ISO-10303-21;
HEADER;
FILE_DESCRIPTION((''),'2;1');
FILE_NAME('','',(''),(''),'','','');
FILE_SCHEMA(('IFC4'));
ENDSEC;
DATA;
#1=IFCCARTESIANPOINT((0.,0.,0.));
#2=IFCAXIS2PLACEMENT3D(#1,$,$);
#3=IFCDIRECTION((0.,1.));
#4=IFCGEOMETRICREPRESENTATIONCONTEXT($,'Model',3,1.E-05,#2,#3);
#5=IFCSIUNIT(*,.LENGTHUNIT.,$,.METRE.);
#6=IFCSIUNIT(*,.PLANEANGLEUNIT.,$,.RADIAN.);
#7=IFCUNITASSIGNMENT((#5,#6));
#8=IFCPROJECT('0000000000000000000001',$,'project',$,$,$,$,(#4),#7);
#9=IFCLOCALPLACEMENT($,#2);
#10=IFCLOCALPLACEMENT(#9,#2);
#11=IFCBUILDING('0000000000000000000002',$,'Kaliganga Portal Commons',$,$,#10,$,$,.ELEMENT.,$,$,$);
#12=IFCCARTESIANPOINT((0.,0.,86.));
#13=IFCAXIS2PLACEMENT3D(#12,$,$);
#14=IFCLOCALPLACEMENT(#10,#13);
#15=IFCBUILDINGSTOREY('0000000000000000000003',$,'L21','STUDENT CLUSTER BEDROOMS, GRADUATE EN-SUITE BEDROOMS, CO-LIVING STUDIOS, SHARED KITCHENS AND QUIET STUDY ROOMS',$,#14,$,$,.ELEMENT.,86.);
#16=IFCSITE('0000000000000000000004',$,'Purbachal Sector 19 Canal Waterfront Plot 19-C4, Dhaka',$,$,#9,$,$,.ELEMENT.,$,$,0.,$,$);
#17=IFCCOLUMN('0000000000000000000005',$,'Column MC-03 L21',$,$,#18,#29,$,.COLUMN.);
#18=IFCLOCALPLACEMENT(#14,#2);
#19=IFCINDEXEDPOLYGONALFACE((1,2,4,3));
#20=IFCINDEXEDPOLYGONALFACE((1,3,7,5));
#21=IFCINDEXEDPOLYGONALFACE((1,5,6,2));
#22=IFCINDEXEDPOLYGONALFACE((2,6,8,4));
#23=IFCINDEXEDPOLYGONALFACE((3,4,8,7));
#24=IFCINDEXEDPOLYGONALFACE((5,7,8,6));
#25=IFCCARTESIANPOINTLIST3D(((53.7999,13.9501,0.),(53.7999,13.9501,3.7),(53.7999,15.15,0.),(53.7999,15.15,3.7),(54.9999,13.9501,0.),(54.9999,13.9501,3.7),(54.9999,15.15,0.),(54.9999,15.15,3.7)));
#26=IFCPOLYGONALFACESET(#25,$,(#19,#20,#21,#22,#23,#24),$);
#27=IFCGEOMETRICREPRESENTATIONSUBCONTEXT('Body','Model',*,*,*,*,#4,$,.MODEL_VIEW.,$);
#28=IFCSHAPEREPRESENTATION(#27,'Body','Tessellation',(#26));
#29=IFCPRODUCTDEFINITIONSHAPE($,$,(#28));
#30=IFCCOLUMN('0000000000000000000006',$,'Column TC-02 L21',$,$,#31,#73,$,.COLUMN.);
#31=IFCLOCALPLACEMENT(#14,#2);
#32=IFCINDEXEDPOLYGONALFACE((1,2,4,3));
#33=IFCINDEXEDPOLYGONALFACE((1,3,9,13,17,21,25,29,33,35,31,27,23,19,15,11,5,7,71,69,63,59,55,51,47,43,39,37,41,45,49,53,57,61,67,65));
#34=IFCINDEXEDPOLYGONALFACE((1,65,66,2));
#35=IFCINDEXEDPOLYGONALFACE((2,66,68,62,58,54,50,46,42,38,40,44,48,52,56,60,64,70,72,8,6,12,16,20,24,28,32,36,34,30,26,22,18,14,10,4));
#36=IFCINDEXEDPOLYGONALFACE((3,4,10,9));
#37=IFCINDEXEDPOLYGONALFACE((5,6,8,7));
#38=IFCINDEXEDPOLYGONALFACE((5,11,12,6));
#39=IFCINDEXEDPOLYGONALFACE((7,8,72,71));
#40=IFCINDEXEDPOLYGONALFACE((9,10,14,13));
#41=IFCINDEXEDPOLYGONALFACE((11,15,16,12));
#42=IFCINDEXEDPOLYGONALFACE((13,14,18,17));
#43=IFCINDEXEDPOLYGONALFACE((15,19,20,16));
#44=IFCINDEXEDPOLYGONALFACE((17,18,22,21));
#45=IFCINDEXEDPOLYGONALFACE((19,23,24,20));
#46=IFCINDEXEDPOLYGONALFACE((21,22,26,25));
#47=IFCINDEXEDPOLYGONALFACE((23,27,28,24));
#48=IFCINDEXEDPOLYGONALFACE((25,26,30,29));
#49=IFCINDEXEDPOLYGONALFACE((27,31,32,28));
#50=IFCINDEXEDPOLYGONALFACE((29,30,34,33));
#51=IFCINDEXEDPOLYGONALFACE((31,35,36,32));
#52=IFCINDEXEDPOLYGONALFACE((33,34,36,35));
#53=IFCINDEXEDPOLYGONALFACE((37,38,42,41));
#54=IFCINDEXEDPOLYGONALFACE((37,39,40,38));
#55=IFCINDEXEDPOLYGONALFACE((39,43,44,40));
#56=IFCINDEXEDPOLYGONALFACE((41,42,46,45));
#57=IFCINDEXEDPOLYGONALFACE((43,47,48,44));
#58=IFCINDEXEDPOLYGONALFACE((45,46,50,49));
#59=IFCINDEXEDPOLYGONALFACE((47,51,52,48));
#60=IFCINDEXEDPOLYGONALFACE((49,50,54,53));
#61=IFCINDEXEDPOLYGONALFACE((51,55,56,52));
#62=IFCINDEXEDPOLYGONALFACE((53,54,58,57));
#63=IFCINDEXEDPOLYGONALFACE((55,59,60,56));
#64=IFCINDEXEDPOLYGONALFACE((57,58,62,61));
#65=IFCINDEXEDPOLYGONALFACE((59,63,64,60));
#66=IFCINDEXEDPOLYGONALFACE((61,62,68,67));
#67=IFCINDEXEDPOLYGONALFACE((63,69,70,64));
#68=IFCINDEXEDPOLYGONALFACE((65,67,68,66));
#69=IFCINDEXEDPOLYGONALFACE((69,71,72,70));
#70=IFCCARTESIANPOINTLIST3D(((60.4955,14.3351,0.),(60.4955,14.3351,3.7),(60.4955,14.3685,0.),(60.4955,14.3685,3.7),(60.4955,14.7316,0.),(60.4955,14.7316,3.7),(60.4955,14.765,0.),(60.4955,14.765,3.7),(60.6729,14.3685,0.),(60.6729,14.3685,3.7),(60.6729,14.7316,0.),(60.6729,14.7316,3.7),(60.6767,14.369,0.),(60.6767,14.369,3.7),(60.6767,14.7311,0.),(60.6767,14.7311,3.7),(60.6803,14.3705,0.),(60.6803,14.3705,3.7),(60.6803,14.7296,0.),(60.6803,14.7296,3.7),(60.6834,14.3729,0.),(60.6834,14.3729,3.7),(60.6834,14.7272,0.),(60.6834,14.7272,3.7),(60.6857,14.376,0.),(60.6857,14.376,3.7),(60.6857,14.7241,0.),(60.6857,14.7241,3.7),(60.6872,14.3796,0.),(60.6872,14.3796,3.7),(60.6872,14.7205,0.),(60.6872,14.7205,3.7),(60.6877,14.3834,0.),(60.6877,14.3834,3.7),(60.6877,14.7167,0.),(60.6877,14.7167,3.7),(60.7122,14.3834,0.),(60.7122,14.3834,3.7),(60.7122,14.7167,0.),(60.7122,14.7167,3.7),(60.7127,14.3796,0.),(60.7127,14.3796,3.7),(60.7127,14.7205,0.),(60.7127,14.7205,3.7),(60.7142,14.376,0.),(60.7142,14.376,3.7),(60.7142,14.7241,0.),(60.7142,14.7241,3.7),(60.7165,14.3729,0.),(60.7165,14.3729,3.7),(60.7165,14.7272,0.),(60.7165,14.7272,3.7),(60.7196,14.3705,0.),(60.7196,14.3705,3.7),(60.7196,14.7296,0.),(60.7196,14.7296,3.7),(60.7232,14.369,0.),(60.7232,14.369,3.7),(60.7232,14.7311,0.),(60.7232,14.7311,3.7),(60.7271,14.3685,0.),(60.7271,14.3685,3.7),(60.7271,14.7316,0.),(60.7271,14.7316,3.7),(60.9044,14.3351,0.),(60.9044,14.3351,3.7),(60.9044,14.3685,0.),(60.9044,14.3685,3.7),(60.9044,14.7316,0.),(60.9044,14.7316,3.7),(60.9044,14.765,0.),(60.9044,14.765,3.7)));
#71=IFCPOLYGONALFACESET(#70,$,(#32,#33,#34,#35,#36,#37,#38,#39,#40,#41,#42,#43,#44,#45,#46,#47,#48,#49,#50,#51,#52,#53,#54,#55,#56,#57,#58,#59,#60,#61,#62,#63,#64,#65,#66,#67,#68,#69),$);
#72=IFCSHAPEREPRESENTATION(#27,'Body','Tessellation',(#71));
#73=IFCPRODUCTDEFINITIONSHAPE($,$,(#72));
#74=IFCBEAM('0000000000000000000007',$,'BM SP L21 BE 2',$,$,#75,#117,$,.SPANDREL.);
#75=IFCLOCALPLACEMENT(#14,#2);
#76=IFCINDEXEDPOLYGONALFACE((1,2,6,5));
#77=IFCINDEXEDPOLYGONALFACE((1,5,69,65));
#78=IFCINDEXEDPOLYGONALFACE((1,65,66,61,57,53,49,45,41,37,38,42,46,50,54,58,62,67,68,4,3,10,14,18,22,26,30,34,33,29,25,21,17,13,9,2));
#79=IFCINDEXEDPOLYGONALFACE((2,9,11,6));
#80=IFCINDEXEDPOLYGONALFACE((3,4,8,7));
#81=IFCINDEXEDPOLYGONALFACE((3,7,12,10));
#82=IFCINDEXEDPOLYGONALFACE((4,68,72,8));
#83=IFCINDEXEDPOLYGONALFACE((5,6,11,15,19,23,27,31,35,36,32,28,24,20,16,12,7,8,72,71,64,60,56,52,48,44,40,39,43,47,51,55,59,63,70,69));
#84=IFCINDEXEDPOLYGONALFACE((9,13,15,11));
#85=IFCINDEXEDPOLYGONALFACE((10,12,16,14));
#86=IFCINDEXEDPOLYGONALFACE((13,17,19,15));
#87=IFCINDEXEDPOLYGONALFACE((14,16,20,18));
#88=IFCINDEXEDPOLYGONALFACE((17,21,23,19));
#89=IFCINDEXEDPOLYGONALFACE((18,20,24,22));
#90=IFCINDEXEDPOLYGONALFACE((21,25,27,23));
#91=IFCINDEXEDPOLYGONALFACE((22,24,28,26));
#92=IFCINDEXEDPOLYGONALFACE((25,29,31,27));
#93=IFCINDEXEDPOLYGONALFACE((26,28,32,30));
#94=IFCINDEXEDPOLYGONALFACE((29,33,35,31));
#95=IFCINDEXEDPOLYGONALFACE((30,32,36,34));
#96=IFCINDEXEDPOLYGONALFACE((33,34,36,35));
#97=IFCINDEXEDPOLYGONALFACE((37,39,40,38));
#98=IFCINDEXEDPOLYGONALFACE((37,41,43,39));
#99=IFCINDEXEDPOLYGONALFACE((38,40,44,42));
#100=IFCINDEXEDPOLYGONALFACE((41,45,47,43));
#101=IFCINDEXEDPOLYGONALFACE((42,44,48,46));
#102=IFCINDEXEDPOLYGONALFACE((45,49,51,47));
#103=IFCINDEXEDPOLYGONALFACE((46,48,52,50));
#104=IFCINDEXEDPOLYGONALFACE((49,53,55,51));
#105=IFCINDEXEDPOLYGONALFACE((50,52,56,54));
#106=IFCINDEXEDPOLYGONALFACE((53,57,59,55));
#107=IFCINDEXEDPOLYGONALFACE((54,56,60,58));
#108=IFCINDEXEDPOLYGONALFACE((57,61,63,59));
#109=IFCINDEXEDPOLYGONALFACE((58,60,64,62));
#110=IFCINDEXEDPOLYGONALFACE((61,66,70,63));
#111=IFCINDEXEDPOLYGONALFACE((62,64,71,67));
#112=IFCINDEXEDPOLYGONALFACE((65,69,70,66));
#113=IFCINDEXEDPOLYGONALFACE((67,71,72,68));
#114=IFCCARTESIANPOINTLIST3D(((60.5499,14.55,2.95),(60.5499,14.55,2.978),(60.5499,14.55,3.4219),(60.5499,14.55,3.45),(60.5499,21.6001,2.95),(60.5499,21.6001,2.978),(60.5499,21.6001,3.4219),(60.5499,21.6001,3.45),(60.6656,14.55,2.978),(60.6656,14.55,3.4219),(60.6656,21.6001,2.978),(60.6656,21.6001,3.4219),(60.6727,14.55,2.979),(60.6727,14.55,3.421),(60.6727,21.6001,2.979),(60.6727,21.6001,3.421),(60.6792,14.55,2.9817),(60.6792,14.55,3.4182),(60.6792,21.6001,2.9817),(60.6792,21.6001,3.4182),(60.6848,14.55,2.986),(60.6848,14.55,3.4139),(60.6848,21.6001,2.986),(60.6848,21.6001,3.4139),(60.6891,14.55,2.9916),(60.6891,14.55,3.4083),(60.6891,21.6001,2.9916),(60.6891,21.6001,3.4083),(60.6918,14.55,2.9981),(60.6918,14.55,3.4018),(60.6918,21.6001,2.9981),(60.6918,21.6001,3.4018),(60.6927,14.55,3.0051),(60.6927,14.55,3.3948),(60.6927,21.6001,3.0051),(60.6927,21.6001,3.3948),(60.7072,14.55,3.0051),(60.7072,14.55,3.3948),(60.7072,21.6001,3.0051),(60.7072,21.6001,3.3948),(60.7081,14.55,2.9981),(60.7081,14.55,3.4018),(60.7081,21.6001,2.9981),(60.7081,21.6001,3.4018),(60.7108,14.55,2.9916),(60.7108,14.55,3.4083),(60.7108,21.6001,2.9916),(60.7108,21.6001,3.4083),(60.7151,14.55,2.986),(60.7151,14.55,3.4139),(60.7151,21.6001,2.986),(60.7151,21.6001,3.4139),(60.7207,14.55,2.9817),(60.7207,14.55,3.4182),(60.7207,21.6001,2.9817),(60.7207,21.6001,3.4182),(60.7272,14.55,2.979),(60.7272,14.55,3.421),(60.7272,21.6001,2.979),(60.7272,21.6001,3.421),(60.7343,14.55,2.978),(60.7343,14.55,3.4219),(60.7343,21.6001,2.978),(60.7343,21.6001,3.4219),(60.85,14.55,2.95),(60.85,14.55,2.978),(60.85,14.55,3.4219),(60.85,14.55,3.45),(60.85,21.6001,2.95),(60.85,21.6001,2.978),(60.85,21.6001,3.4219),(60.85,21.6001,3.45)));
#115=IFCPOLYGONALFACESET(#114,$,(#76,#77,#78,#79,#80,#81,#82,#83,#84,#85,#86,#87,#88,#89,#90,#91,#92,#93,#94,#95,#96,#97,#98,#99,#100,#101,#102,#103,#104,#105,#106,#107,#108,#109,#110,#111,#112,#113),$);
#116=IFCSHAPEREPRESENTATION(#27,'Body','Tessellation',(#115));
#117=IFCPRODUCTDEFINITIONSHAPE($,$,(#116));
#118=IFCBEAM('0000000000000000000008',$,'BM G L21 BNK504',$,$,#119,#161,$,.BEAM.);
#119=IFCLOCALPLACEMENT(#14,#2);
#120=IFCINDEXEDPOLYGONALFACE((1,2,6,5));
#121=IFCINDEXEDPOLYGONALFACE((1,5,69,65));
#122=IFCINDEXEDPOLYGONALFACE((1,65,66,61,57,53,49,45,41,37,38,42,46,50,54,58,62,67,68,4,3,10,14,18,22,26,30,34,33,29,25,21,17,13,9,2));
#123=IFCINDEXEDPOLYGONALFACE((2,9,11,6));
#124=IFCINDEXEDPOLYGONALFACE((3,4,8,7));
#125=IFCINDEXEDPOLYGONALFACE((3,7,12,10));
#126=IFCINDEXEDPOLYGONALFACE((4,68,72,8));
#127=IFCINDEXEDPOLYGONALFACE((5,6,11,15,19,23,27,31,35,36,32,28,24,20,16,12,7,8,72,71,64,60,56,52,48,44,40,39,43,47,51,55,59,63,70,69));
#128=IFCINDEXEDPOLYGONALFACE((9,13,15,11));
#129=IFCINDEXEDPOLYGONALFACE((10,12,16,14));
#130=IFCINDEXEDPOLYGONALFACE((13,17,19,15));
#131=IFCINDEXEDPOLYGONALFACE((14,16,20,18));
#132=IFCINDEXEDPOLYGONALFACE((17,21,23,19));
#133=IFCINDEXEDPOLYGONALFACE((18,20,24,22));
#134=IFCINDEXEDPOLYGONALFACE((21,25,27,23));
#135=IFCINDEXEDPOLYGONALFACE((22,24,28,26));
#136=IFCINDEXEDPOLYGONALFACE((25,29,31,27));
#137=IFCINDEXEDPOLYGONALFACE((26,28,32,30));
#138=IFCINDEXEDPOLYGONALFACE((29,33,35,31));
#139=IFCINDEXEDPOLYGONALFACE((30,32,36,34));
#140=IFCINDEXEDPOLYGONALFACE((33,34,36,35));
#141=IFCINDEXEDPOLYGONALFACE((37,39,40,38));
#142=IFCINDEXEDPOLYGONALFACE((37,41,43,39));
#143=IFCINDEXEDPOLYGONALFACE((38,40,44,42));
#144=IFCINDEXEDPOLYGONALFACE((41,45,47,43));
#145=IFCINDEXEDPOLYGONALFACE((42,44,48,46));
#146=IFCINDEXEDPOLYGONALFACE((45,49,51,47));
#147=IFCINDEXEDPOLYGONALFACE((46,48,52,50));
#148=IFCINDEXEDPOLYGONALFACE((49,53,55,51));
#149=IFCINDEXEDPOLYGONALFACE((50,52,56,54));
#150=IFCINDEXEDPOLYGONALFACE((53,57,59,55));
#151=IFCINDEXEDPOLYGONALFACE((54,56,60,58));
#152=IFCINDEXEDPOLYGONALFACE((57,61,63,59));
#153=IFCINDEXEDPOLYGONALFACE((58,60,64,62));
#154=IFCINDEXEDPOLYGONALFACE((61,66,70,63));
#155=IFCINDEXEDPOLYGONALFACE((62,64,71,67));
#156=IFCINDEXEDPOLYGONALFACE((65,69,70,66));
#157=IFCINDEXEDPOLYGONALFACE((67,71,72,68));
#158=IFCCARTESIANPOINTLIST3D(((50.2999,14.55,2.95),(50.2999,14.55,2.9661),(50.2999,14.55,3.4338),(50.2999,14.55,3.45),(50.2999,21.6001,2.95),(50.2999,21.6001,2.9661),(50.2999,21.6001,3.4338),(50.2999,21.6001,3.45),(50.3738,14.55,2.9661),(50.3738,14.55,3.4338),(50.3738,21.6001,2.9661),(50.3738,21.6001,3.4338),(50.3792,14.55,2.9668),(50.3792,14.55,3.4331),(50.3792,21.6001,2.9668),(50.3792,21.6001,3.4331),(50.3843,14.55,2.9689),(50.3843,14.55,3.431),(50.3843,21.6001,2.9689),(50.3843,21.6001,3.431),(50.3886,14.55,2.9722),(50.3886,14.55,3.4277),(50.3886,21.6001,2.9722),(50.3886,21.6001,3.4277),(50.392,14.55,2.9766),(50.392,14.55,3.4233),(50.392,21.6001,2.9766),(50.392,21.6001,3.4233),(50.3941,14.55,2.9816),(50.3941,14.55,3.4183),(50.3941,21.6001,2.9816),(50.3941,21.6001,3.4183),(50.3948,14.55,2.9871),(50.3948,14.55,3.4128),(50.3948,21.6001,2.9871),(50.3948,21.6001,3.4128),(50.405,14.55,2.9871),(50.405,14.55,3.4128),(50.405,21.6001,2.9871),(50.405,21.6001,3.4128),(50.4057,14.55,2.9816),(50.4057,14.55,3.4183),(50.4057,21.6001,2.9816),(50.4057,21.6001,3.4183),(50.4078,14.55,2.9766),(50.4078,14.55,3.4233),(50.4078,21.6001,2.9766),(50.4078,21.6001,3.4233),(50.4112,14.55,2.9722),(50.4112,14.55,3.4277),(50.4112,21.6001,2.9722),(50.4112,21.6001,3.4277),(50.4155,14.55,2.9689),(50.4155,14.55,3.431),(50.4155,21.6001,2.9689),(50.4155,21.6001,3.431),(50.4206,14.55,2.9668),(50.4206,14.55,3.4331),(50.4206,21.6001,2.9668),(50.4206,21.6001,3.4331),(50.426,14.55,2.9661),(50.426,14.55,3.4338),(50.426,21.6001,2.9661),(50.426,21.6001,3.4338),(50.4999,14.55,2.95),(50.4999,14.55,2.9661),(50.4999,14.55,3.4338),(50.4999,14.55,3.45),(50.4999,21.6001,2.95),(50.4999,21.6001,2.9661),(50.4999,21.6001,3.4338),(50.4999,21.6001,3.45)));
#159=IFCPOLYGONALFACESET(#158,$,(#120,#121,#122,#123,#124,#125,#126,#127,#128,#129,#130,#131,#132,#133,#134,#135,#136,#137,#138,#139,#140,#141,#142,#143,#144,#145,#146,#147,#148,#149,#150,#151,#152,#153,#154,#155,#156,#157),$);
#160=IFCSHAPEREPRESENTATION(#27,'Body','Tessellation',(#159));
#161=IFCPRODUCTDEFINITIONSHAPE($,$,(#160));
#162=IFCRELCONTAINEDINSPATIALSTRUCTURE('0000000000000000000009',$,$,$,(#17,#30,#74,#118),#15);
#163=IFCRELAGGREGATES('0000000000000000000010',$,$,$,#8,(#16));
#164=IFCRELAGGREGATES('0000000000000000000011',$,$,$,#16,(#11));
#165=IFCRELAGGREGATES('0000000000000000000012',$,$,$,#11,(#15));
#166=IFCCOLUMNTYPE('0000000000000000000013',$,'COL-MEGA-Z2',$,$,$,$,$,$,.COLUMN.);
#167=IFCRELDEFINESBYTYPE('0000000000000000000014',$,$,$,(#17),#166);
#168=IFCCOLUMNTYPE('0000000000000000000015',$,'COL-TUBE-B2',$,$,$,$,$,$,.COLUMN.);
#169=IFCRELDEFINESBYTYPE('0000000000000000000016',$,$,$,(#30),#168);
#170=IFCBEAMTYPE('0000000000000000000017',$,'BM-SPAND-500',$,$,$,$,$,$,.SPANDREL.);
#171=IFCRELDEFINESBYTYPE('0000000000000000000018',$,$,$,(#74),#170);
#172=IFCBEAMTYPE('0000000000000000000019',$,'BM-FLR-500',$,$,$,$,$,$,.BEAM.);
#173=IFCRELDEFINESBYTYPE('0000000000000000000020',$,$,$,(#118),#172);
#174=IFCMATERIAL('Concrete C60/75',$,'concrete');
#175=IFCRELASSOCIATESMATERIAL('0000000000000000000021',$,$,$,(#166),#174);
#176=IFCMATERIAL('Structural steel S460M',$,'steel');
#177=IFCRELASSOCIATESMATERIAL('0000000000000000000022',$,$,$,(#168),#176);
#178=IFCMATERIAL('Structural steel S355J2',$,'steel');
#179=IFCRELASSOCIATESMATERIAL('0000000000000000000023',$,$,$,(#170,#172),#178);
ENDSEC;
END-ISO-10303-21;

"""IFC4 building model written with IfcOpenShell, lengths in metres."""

from ifc_helpers import new_model, si_unit, direction, frame, origin, origin_2d, place, context, subcontext, project, spatial, rectangle, i_section, extrude, source, transform, mapped, material, material_profile, profile_set, type_object, element, save


model = new_model("IFC4")

# Units and contexts
model_context = context("Model", 3, precision=1e-05, world=origin(), true_north=direction((0.0, 1.0)))
body_context = subcontext(model_context, "Body", "Model", "MODEL_VIEW")
ifc_project = project(units=[si_unit("LENGTHUNIT", "METRE"), si_unit("PLANEANGLEUNIT", "RADIAN")], contexts=[model_context])

# Site, building, storey
site_placement = place(None, origin())
site = spatial("IfcSite", under=ifc_project, at=site_placement, Name="Purbachal Sector 19 Canal Waterfront Plot 19-C4, Dhaka", CompositionType="ELEMENT", RefElevation=0.0)
building_placement = place(site_placement, origin())
building = spatial("IfcBuilding", under=site, at=building_placement, Name="Kaliganga Portal Commons", CompositionType="ELEMENT")
storey_placement = place(building_placement, frame((0.0, 0.0, 86.0)))
storey = spatial("IfcBuildingStorey", under=building, at=storey_placement, Name="L21", Description="STUDENT CLUSTER BEDROOMS, GRADUATE EN-SUITE BEDROOMS, CO-LIVING STUDIOS, SHARED KITCHENS AND QUIET STUDY ROOMS", CompositionType="ELEMENT", Elevation=86.0)

# Columns
ifc_material_1 = material(Name="Concrete C60/75", Category="concrete")
ifc_material_profile_1 = material_profile(ifc_material_1, rectangle(XDim=1.2, YDim=1.2, at=origin_2d()), Name="RC 1200x1200")
ifc_profile_set_1 = profile_set([ifc_material_profile_1], Name="Concrete C60/75")
column_type_1 = type_object("IfcColumnType", Name="COL-MEGA-Z2", PredefinedType="COLUMN", material=ifc_profile_set_1)
shared_shape_1 = source(origin(), body_context, "Body", "SweptSolid", [
    extrude(rectangle(XDim=1.2, YDim=1.2, at=origin_2d()), origin(), (0.0, 0.0, 1.0), 3.7),
])
column_1_placement = place(storey_placement, frame((54.3999, 14.55, 0.0), z_axis=(0.0, 0.0, 1.0), x_axis=(1.0, 0.0, 0.0)))
element("IfcColumn", 1, at=column_1_placement, inside=storey, type_object=column_type_1, Name="Column MC-03 L21", PredefinedType="COLUMN", context=body_context, shape_type="MappedRepresentation", body=[
    mapped(shared_shape_1, transform((0.0, 0.0, 0.0), x_axis=(1.0, 0.0, 0.0), y_axis=(0.0, 1.0, 0.0), z_axis=(0.0, 0.0, 1.0), scale=1.0)),
])
ifc_material_2 = material(Name="Structural steel S460M", Category="steel")
ifc_material_profile_2 = material_profile(ifc_material_2, i_section(OverallWidth=0.4089, OverallDepth=0.4299, WebThickness=0.0244, FlangeThickness=0.0334, FilletRadius=0.0149, at=origin_2d()), Name="HD 400x421")
ifc_profile_set_2 = profile_set([ifc_material_profile_2], Name="Structural steel S460M wide-flange")
column_type_2 = type_object("IfcColumnType", Name="COL-TUBE-B2", PredefinedType="COLUMN", material=ifc_profile_set_2)
shared_shape_2 = source(origin(), body_context, "Body", "SweptSolid", [
    extrude(i_section(OverallWidth=0.4089, OverallDepth=0.4299, WebThickness=0.0244, FlangeThickness=0.0334, FilletRadius=0.0149, at=origin_2d()), origin(), (0.0, 0.0, 1.0), 3.7),
])
column_2_placement = place(storey_placement, frame((60.7, 14.55, 0.0), z_axis=(0.0, 0.0, 1.0), x_axis=(1.0, 0.0, 0.0)))
element("IfcColumn", 2, at=column_2_placement, inside=storey, type_object=column_type_2, Name="Column TC-02 L21", PredefinedType="COLUMN", context=body_context, shape_type="MappedRepresentation", body=[
    mapped(shared_shape_2, transform((0.0, 0.0, 0.0), x_axis=(1.0, 0.0, 0.0), y_axis=(0.0, 1.0, 0.0), z_axis=(0.0, 0.0, 1.0), scale=1.0)),
])

# Beams
ifc_material_3 = material(Name="Structural steel S355J2", Category="steel")
ifc_material_profile_3 = material_profile(ifc_material_3, i_section(OverallWidth=0.3, OverallDepth=0.5, WebThickness=0.0144, FlangeThickness=0.0281, FilletRadius=0.0271, at=origin_2d()), Name="HE 500 B")
ifc_profile_set_3 = profile_set([ifc_material_profile_3], Name="Structural steel S355J2 wide-flange")
beam_type_1 = type_object("IfcBeamType", Name="BM-SPAND-500", PredefinedType="SPANDREL", material=ifc_profile_set_3)
shared_shape_3 = source(origin(), body_context, "Body", "SweptSolid", [
    extrude(i_section(OverallWidth=0.3, OverallDepth=0.5, WebThickness=0.0144, FlangeThickness=0.0281, FilletRadius=0.0271, at=origin_2d()), origin(), (0.0, 0.0, 1.0), 7.05),
])
beam_1_placement = place(storey_placement, frame((60.7, 14.55, 3.2), z_axis=(0.0, 1.0, 0.0), x_axis=(-1.0, 0.0, 0.0)))
element("IfcBeam", 3, at=beam_1_placement, inside=storey, type_object=beam_type_1, Name="BM SP L21 BE 2", PredefinedType="SPANDREL", context=body_context, shape_type="MappedRepresentation", body=[
    mapped(shared_shape_3, transform((0.0, 0.0, 0.0), x_axis=(1.0, 0.0, 0.0), y_axis=(0.0, 1.0, 0.0), z_axis=(0.0, 0.0, 1.0), scale=1.0)),
])
ifc_material_profile_4 = material_profile(ifc_material_3, i_section(OverallWidth=0.2, OverallDepth=0.5, WebThickness=0.0103, FlangeThickness=0.0161, FilletRadius=0.021, at=origin_2d()), Name="IPE 500")
ifc_profile_set_4 = profile_set([ifc_material_profile_4], Name="Structural steel S355J2 wide-flange")
beam_type_2 = type_object("IfcBeamType", Name="BM-FLR-500", PredefinedType="BEAM", material=ifc_profile_set_4)
shared_shape_4 = source(origin(), body_context, "Body", "SweptSolid", [
    extrude(i_section(OverallWidth=0.2, OverallDepth=0.5, WebThickness=0.0103, FlangeThickness=0.0161, FilletRadius=0.021, at=origin_2d()), origin(), (0.0, 0.0, 1.0), 7.05),
])
for number, where, z_axis, x_axis, name in (
    (4, (50.3999, 14.55, 3.2), (0.0, 1.0, 0.0), (-1.0, 0.0, 0.0), "BM G L21 BNK504"),
):
    element("IfcBeam", number, at=place(storey_placement, frame(where, z_axis=z_axis, x_axis=x_axis)), inside=storey, type_object=beam_type_2, Name=name, PredefinedType="BEAM", context=body_context, shape_type="MappedRepresentation", body=[
        mapped(shared_shape_4, transform((0.0, 0.0, 0.0), x_axis=(1.0, 0.0, 0.0), y_axis=(0.0, 1.0, 0.0), z_axis=(0.0, 0.0, 1.0), scale=1.0)),
    ])

save(model, "model.ifc")
